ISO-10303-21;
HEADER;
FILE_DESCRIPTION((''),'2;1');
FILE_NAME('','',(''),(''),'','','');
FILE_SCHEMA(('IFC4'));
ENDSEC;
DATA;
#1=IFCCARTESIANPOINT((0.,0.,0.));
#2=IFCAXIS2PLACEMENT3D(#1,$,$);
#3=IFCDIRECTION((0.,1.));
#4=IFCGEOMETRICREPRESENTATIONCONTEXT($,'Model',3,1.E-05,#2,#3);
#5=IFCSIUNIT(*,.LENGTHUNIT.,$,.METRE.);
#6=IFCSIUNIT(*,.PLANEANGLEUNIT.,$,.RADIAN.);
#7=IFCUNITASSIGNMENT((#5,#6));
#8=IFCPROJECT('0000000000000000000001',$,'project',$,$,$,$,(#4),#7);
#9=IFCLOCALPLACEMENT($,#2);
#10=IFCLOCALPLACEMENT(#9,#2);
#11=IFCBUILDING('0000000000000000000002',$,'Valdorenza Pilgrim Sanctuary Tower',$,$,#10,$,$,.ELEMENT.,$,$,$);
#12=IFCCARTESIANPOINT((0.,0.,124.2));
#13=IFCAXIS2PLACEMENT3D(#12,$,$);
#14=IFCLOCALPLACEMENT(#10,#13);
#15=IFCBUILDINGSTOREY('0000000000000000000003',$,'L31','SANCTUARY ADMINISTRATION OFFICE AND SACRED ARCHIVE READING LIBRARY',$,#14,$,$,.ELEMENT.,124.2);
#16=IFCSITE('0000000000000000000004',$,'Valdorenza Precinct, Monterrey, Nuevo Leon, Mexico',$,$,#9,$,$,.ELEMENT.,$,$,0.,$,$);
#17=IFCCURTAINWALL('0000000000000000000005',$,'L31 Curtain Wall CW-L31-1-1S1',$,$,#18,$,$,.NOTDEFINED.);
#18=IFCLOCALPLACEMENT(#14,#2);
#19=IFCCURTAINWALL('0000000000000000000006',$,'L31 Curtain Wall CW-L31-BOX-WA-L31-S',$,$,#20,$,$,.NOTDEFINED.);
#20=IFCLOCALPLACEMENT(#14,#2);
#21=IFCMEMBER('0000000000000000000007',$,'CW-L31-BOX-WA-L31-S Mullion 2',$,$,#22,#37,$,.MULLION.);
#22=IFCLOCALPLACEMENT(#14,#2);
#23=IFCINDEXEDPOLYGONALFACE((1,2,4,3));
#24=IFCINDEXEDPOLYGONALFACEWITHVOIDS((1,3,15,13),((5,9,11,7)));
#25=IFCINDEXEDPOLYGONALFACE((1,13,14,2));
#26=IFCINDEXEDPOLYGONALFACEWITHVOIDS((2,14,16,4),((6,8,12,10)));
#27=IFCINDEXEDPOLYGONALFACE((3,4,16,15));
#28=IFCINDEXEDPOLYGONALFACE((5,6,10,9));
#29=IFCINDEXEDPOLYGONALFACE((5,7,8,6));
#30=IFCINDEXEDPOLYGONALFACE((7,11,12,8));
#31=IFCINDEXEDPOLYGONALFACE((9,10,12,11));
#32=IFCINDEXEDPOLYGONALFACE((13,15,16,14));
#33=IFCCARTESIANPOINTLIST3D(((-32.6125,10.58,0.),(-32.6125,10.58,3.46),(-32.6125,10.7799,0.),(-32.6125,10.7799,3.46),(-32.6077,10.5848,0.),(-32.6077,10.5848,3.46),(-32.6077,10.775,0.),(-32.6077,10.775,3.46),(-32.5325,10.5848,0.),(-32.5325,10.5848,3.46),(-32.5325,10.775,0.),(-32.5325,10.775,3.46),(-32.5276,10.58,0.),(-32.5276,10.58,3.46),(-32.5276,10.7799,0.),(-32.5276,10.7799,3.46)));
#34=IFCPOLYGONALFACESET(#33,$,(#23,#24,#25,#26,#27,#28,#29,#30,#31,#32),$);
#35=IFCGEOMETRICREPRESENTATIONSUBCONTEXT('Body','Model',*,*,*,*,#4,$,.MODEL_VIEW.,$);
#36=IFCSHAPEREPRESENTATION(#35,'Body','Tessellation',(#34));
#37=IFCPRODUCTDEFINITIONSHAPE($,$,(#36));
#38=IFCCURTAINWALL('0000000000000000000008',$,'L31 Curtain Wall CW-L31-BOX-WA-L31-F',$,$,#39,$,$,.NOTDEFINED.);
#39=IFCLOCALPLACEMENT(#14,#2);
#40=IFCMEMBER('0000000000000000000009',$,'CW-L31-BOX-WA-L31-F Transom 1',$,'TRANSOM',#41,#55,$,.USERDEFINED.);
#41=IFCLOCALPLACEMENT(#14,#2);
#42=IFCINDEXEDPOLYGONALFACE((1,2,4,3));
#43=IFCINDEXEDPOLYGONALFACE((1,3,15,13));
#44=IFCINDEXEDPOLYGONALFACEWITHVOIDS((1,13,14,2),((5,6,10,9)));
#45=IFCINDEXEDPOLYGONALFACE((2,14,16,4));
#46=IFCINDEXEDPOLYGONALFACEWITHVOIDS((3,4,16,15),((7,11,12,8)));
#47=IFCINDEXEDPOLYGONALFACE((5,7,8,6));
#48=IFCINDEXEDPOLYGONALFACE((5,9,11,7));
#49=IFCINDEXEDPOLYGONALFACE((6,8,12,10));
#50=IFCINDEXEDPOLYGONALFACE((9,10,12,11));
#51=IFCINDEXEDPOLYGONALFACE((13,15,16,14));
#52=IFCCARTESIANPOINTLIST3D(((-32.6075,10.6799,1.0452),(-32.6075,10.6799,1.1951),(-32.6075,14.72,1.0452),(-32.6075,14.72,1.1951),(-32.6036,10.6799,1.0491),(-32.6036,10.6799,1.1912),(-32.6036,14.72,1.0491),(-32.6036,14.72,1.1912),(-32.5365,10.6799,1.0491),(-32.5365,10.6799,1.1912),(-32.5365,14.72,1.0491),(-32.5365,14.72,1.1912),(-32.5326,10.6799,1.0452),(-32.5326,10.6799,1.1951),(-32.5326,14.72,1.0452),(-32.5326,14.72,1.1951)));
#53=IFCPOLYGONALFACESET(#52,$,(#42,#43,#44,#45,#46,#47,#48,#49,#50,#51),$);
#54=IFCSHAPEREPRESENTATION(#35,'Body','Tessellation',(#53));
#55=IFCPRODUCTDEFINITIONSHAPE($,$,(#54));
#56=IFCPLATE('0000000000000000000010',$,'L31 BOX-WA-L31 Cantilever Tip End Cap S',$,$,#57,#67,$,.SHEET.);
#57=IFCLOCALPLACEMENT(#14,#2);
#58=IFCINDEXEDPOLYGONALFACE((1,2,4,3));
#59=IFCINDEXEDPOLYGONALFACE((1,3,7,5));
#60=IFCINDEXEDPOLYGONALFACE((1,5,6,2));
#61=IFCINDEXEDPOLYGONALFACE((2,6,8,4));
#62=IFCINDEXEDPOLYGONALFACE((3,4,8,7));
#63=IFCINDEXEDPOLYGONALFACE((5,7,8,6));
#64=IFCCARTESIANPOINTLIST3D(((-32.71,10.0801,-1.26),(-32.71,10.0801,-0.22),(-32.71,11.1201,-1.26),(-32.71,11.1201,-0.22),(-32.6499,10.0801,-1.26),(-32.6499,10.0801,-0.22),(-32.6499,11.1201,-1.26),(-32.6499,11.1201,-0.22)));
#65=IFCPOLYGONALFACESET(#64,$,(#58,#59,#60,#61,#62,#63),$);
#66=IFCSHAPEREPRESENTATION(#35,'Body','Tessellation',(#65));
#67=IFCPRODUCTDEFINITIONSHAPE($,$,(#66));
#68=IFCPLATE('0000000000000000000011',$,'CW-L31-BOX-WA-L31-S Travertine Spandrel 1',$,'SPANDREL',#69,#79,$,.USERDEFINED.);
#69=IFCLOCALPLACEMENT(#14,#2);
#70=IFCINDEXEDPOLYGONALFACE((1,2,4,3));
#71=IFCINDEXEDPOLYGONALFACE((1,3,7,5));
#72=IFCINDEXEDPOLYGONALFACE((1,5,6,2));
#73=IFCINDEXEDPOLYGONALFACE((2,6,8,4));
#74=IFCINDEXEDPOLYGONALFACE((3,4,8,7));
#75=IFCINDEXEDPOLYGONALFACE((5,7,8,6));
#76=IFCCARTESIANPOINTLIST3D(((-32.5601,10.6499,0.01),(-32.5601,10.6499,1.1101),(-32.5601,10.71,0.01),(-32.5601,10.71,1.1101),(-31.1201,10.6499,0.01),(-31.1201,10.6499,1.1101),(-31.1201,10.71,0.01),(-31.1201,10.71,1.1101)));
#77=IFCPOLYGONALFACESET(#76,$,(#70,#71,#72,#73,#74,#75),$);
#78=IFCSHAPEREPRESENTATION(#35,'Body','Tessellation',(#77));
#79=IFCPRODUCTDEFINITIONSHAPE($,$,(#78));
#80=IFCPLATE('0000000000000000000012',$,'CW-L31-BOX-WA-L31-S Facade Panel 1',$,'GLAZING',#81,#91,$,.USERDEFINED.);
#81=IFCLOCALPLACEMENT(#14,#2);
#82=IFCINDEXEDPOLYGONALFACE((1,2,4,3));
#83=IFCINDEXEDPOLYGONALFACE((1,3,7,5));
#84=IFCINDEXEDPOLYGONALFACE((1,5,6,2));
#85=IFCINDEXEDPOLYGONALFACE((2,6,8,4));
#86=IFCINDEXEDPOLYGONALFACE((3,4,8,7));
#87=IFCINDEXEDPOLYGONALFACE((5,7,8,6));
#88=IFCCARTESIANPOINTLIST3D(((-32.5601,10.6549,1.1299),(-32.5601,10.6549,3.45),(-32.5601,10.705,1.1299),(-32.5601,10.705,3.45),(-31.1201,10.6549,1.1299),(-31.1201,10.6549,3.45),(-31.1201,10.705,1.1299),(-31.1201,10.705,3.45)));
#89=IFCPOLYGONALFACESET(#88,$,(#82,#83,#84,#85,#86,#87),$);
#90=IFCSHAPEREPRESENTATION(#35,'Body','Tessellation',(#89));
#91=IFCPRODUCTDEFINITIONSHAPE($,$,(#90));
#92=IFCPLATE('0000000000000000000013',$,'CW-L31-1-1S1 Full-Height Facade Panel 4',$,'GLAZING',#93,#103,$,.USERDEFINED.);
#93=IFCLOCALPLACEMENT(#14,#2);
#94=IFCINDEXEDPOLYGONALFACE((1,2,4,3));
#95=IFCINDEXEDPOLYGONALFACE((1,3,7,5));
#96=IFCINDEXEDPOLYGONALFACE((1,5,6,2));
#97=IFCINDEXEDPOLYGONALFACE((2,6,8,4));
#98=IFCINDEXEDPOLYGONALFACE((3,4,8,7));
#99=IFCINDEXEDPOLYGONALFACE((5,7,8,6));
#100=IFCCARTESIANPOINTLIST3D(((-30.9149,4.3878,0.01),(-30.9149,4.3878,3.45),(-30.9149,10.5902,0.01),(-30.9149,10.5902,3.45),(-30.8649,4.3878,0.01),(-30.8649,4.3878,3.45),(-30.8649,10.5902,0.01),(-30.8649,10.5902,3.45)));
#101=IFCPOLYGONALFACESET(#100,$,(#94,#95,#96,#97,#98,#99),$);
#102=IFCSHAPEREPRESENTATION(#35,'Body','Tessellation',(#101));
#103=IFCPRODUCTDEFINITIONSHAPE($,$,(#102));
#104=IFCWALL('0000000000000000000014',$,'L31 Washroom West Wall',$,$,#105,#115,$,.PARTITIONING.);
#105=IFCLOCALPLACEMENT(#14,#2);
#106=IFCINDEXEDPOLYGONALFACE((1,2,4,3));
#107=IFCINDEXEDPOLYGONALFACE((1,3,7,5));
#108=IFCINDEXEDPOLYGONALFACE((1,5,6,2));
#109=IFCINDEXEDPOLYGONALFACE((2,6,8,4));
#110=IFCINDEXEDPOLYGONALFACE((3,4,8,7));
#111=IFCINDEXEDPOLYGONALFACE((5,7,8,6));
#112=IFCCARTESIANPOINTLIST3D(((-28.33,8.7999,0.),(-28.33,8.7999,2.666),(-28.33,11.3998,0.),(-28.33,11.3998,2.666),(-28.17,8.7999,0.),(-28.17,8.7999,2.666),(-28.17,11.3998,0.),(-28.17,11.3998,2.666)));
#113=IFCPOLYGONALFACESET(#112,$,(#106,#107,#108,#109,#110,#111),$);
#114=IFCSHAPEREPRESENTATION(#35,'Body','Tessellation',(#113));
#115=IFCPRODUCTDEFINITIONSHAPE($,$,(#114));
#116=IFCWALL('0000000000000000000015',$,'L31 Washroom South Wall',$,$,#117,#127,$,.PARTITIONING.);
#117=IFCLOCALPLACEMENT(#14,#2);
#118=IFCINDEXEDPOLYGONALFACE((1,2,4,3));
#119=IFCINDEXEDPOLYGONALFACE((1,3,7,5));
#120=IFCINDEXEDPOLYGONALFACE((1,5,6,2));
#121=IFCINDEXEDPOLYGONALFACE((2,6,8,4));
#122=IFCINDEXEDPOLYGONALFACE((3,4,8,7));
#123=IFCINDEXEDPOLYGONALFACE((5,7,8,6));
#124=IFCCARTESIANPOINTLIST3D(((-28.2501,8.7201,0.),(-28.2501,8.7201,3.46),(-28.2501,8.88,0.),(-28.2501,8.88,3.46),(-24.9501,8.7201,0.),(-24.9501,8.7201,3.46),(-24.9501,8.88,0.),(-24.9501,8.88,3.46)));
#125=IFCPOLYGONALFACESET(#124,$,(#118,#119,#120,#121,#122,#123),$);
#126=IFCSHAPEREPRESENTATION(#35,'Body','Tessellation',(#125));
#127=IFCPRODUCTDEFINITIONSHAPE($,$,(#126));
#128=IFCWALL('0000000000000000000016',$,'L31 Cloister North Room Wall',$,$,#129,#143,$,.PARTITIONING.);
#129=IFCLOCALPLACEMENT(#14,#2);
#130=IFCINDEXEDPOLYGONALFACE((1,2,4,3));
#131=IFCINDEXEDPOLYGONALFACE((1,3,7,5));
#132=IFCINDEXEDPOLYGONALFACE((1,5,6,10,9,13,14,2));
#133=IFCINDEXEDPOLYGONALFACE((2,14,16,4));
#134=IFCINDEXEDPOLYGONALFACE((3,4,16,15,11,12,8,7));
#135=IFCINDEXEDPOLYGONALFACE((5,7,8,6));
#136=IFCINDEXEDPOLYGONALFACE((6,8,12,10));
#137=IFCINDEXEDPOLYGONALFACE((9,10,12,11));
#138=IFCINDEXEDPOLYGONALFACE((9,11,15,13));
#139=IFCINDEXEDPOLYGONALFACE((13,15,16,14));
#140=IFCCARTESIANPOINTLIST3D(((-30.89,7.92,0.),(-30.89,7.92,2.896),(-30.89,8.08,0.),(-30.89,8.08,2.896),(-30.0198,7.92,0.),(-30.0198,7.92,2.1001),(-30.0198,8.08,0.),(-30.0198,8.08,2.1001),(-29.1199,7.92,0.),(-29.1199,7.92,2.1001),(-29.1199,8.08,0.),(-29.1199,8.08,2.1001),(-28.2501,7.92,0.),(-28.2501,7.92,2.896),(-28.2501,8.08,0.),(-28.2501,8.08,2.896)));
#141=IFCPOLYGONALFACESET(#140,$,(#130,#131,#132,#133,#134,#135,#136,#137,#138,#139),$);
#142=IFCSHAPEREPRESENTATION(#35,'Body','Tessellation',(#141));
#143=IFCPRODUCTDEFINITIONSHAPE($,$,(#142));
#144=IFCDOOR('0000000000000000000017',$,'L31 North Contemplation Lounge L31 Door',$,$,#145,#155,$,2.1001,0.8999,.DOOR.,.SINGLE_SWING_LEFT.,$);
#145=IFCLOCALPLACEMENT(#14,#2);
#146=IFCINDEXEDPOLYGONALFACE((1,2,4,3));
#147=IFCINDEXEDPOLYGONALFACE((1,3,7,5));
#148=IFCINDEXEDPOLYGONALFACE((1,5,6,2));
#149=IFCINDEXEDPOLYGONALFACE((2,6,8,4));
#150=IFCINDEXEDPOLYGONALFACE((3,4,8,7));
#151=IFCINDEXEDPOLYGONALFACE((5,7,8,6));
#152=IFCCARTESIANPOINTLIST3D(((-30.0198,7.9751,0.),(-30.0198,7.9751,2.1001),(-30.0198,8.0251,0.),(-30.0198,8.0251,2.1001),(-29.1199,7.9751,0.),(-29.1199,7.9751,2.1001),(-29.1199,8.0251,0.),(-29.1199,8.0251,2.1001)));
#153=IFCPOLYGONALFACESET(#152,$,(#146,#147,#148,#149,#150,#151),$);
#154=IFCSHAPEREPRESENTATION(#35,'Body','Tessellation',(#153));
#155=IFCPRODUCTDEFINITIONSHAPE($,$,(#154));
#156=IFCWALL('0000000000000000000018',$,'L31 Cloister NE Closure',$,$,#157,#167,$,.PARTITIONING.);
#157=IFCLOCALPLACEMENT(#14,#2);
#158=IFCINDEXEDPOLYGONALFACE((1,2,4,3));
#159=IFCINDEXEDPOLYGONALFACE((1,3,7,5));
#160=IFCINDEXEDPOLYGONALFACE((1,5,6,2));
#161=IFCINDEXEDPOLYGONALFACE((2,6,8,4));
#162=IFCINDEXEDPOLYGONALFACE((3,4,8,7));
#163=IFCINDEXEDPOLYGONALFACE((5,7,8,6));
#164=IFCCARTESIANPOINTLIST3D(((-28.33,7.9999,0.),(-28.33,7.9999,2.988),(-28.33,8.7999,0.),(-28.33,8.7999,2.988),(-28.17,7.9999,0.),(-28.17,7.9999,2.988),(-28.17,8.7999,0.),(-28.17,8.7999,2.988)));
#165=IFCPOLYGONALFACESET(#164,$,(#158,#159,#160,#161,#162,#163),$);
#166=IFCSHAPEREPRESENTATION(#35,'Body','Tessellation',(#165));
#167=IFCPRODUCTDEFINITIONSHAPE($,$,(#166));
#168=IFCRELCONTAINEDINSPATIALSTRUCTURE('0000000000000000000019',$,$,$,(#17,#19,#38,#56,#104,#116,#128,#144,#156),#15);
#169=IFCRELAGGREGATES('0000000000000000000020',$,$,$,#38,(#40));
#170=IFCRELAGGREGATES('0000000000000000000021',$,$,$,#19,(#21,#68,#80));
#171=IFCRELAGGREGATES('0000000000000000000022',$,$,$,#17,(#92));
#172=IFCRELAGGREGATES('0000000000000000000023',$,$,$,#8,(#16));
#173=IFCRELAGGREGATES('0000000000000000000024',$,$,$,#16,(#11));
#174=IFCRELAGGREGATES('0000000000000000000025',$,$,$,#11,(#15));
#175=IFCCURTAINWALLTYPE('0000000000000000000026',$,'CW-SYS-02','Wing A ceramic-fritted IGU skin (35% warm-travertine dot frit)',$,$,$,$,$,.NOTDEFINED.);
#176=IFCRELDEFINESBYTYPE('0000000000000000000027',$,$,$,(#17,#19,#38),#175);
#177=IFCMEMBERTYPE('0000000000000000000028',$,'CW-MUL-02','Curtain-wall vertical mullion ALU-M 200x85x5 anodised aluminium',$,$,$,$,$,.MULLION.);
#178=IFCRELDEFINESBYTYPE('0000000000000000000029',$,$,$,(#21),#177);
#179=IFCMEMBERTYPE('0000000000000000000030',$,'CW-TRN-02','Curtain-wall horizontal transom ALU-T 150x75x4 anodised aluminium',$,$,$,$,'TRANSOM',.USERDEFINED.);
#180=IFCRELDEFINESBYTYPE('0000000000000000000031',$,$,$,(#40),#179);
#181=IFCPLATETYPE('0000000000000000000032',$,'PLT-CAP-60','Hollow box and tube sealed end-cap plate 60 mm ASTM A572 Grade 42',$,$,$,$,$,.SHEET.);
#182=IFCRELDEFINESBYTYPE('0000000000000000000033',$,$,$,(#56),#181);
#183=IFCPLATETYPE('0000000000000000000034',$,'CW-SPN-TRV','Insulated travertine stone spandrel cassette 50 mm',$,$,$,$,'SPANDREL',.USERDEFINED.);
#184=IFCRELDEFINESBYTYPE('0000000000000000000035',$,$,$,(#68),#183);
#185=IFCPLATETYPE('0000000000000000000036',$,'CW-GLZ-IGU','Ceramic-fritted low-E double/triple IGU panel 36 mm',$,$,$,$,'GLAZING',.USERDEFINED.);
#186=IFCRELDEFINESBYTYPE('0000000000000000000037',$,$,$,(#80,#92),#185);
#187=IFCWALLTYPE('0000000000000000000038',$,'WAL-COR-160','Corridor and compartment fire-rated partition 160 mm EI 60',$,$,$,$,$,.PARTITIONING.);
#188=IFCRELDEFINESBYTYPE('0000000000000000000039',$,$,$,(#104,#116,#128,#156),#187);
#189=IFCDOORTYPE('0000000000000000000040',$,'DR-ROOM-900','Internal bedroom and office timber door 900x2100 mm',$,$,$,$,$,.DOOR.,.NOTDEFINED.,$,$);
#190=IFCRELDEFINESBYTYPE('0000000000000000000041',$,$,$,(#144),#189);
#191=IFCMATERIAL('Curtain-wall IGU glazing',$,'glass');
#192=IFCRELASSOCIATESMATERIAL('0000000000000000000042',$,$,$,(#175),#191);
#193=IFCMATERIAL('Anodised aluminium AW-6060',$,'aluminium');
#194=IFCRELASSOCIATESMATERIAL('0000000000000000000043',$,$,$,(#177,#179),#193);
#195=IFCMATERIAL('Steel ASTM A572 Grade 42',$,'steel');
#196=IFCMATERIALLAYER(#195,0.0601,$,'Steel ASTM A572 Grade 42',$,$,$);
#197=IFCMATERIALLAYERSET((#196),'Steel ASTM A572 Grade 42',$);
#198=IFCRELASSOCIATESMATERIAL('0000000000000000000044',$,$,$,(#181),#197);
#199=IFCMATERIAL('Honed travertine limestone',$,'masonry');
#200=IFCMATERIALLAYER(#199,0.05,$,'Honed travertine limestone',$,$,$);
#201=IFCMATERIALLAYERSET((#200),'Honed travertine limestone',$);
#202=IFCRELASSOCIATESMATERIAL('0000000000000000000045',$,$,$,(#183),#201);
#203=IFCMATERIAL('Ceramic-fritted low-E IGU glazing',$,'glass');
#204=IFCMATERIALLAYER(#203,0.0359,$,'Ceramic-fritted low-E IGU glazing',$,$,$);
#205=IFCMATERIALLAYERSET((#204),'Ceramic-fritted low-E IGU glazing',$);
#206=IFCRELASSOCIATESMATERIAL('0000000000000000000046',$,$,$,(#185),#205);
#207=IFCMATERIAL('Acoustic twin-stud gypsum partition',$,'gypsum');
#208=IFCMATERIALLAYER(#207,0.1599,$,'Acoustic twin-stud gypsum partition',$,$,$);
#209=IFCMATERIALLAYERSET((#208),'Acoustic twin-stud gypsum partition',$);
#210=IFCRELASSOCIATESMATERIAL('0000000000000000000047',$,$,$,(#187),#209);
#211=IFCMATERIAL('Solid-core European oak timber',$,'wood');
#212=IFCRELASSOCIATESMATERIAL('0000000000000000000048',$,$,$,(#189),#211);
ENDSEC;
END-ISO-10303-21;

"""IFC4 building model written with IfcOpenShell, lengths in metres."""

from ifc_helpers import new_model, si_unit, direction, frame, frame_2d, origin, origin_2d, place, context, subcontext, project, spatial, rectangle, hollow_rectangle, extrude, source, transform, mapped, material, layer, layer_set, material_profile, profile_set, type_object, element, fill, aggregate, save


model = new_model("IFC4")

# Units and contexts
model_context = context("Model", 3, precision=1e-05, world=origin(), true_north=direction((0.0, 1.0)))
body_context = subcontext(model_context, "Body", "Model", "MODEL_VIEW")
ifc_project = project(units=[si_unit("LENGTHUNIT", "METRE"), si_unit("PLANEANGLEUNIT", "RADIAN")], contexts=[model_context])

# Site, building, storey
site_placement = place(None, origin())
site = spatial("IfcSite", under=ifc_project, at=site_placement, Name="Valdorenza Precinct, Monterrey, Nuevo Leon, Mexico", CompositionType="ELEMENT", RefElevation=0.0)
building_placement = place(site_placement, origin())
building = spatial("IfcBuilding", under=site, at=building_placement, Name="Valdorenza Pilgrim Sanctuary Tower", CompositionType="ELEMENT")
storey_placement = place(building_placement, frame((0.0, 0.0, 124.2)))
storey = spatial("IfcBuildingStorey", under=building, at=storey_placement, Name="L31", Description="SANCTUARY ADMINISTRATION OFFICE AND SACRED ARCHIVE READING LIBRARY", CompositionType="ELEMENT", Elevation=124.2)

# Shared definitions
ifc_material_1 = material(Name="Steel ASTM A572 Grade 42", Category="steel")

# Curtain wall
ifc_material_2 = material(Name="Curtain-wall IGU glazing", Category="glass")
curtain_wall_type = type_object("IfcCurtainWallType", Name="CW-SYS-02", Description="Wing A ceramic-fritted IGU skin (35% warm-travertine dot frit)", PredefinedType="NOTDEFINED", material=ifc_material_2)
curtain_wall_1_placement = place(storey_placement, origin())
curtain_wall_1 = element("IfcCurtainWall", 1, at=curtain_wall_1_placement, inside=storey, type_object=curtain_wall_type, Name="L31 Curtain Wall CW-L31-1-1S1", PredefinedType="NOTDEFINED")
ifc_material_3 = material(Name="Anodised aluminium AW-6060", Category="aluminium")
ifc_material_profile_1 = material_profile(ifc_material_3, hollow_rectangle(XDim=0.085, YDim=0.2, WallThickness=0.0049, at=origin_2d()), Name="ALU-M 200x85x5")
ifc_profile_set_1 = profile_set([ifc_material_profile_1], Name="Anodised aluminium AW-6060")
member_type_1 = type_object("IfcMemberType", Name="CW-MUL-02", Description="Curtain-wall vertical mullion ALU-M 200x85x5 anodised aluminium", PredefinedType="MULLION", material=ifc_profile_set_1)
shared_shape_1 = source(origin(), body_context, "Body", "SweptSolid", [
    extrude(hollow_rectangle(XDim=0.085, YDim=0.2, WallThickness=0.0049, at=origin_2d()), origin(), (0.0, 0.0, 1.0), 3.46),
])

# Curtain walls, members
curtain_wall_2_placement = place(storey_placement, origin())
curtain_wall_2 = element("IfcCurtainWall", 2, at=curtain_wall_2_placement, inside=storey, type_object=curtain_wall_type, Name="L31 Curtain Wall CW-L31-BOX-WA-L31-S", PredefinedType="NOTDEFINED")
member_1_placement = place(storey_placement, frame((-32.5701, 10.6799, 0.0), z_axis=(0.0, 0.0, 1.0), x_axis=(-1.0, 0.0, 0.0)))
member_1 = element("IfcMember", 3, at=member_1_placement, type_object=member_type_1, Name="CW-L31-BOX-WA-L31-S Mullion 2", PredefinedType="MULLION", context=body_context, shape_type="MappedRepresentation", body=[
    mapped(shared_shape_1, transform((0.0, 0.0, 0.0), x_axis=(1.0, 0.0, 0.0), y_axis=(0.0, 1.0, 0.0), z_axis=(0.0, 0.0, 1.0), scale=1.0)),
])
curtain_wall_3_placement = place(storey_placement, origin())
curtain_wall_3 = element("IfcCurtainWall", 4, at=curtain_wall_3_placement, inside=storey, type_object=curtain_wall_type, Name="L31 Curtain Wall CW-L31-BOX-WA-L31-F", PredefinedType="NOTDEFINED")
ifc_material_profile_2 = material_profile(ifc_material_3, hollow_rectangle(XDim=0.075, YDim=0.1499, WallThickness=0.0039, at=origin_2d()), Name="ALU-T 150x75x4")
ifc_profile_set_2 = profile_set([ifc_material_profile_2], Name="Anodised aluminium AW-6060")
member_type_2 = type_object("IfcMemberType", Name="CW-TRN-02", Description="Curtain-wall horizontal transom ALU-T 150x75x4 anodised aluminium", ElementType="TRANSOM", PredefinedType="USERDEFINED", material=ifc_profile_set_2)
shared_shape_2 = source(origin(), body_context, "Body", "SweptSolid", [
    extrude(hollow_rectangle(XDim=0.075, YDim=0.1499, WallThickness=0.0039, at=origin_2d()), origin(), (0.0, 0.0, 1.0), 4.04),
])
member_2_placement = place(storey_placement, frame((-32.5701, 10.6799, 1.1201), z_axis=(0.0, 1.0, 0.0), x_axis=(-1.0, 0.0, 0.0)))
member_2 = element("IfcMember", 5, at=member_2_placement, type_object=member_type_2, Name="CW-L31-BOX-WA-L31-F Transom 1", ObjectType="TRANSOM", PredefinedType="USERDEFINED", context=body_context, shape_type="MappedRepresentation", body=[
    mapped(shared_shape_2, transform((0.0, 0.0, 0.0), x_axis=(1.0, 0.0, 0.0), y_axis=(0.0, 1.0, 0.0), z_axis=(0.0, 0.0, 1.0), scale=1.0)),
])
aggregate(curtain_wall_3, [member_2])

# Plates
ifc_layer_1 = layer(ifc_material_1, 0.0601, Name="Steel ASTM A572 Grade 42")
ifc_layer_set_1 = layer_set([ifc_layer_1], Name="Steel ASTM A572 Grade 42")
plate_type_1 = type_object("IfcPlateType", Name="PLT-CAP-60", Description="Hollow box and tube sealed end-cap plate 60 mm ASTM A572 Grade 42", PredefinedType="SHEET", material=ifc_layer_set_1)
shared_shape_3 = source(origin(), body_context, "Body", "SweptSolid", [
    extrude(rectangle(XDim=0.0601, YDim=1.04, at=origin_2d()), origin(), (0.0, 0.0, 1.0), 1.04),
])
plate_1_placement = place(storey_placement, frame((-32.6799, 10.6001, -1.26), z_axis=(0.0, 0.0, 1.0), x_axis=(1.0, 0.0, 0.0)))
element("IfcPlate", 6, at=plate_1_placement, inside=storey, type_object=plate_type_1, Name="L31 BOX-WA-L31 Cantilever Tip End Cap S", PredefinedType="SHEET", context=body_context, shape_type="MappedRepresentation", body=[
    mapped(shared_shape_3, transform((0.0, 0.0, 0.0), x_axis=(1.0, 0.0, 0.0), y_axis=(0.0, 1.0, 0.0), z_axis=(0.0, 0.0, 1.0), scale=1.0)),
])
ifc_material_4 = material(Name="Honed travertine limestone", Category="masonry")
ifc_layer_2 = layer(ifc_material_4, 0.05, Name="Honed travertine limestone")
ifc_layer_set_2 = layer_set([ifc_layer_2], Name="Honed travertine limestone")
plate_type_2 = type_object("IfcPlateType", Name="CW-SPN-TRV", Description="Insulated travertine stone spandrel cassette 50 mm", ElementType="SPANDREL", PredefinedType="USERDEFINED", material=ifc_layer_set_2)
shared_shape_4 = source(origin(), body_context, "Body", "SweptSolid", [
    extrude(rectangle(XDim=1.4399, YDim=0.0601, at=origin_2d()), origin(), (0.0, 0.0, 1.0), 1.1001),
])
plate_2_placement = place(storey_placement, frame((-31.8401, 10.6799, 0.01), z_axis=(0.0, 0.0, 1.0), x_axis=(-1.0, 0.0, 0.0)))
plate_2 = element("IfcPlate", 7, at=plate_2_placement, type_object=plate_type_2, Name="CW-L31-BOX-WA-L31-S Travertine Spandrel 1", ObjectType="SPANDREL", PredefinedType="USERDEFINED", context=body_context, shape_type="MappedRepresentation", body=[
    mapped(shared_shape_4, transform((0.0, 0.0, 0.0), x_axis=(1.0, 0.0, 0.0), y_axis=(0.0, 1.0, 0.0), z_axis=(0.0, 0.0, 1.0), scale=1.0)),
])
ifc_material_5 = material(Name="Ceramic-fritted low-E IGU glazing", Category="glass")
ifc_layer_3 = layer(ifc_material_5, 0.0359, Name="Ceramic-fritted low-E IGU glazing")
ifc_layer_set_3 = layer_set([ifc_layer_3], Name="Ceramic-fritted low-E IGU glazing")
plate_type_3 = type_object("IfcPlateType", Name="CW-GLZ-IGU", Description="Ceramic-fritted low-E double/triple IGU panel 36 mm", ElementType="GLAZING", PredefinedType="USERDEFINED", material=ifc_layer_set_3)
shared_shape_5 = source(origin(), body_context, "Body", "SweptSolid", [
    extrude(rectangle(XDim=1.4399, YDim=0.05, at=origin_2d()), origin(), (0.0, 0.0, 1.0), 2.3201),
])
plate_3_placement = place(storey_placement, frame((-31.8401, 10.6799, 1.1299), z_axis=(0.0, 0.0, 1.0), x_axis=(-1.0, 0.0, 0.0)))
plate_3 = element("IfcPlate", 8, at=plate_3_placement, type_object=plate_type_3, Name="CW-L31-BOX-WA-L31-S Facade Panel 1", ObjectType="GLAZING", PredefinedType="USERDEFINED", context=body_context, shape_type="MappedRepresentation", body=[
    mapped(shared_shape_5, transform((0.0, 0.0, 0.0), x_axis=(1.0, 0.0, 0.0), y_axis=(0.0, 1.0, 0.0), z_axis=(0.0, 0.0, 1.0), scale=1.0)),
])
aggregate(curtain_wall_2, [member_1, plate_2, plate_3])
shared_shape_6 = source(origin(), body_context, "Body", "SweptSolid", [
    extrude(rectangle(XDim=6.2024, YDim=0.05, at=origin_2d()), origin(), (0.0, 0.0, 1.0), 3.4399),
])
plate_4_placement = place(storey_placement, frame((-30.8899, 7.489, 0.01), z_axis=(0.0, 0.0, 1.0), x_axis=(0.0, 1.0, 0.0)))
plate_4 = element("IfcPlate", 9, at=plate_4_placement, type_object=plate_type_3, Name="CW-L31-1-1S1 Full-Height Facade Panel 4", ObjectType="GLAZING", PredefinedType="USERDEFINED", context=body_context, shape_type="MappedRepresentation", body=[
    mapped(shared_shape_6, transform((0.0, 0.0, 0.0), x_axis=(1.0, 0.0, 0.0), y_axis=(0.0, 1.0, 0.0), z_axis=(0.0, 0.0, 1.0), scale=1.0)),
])
aggregate(curtain_wall_1, [plate_4])

# Walls
ifc_material_6 = material(Name="Acoustic twin-stud gypsum partition", Category="gypsum")
ifc_layer_4 = layer(ifc_material_6, 0.1599, Name="Acoustic twin-stud gypsum partition")
ifc_layer_set_4 = layer_set([ifc_layer_4], Name="Acoustic twin-stud gypsum partition")
wall_type_1 = type_object("IfcWallType", Name="WAL-COR-160", Description="Corridor and compartment fire-rated partition 160 mm EI 60", PredefinedType="PARTITIONING", material=ifc_layer_set_4)
wall_1_placement = place(storey_placement, frame((-28.25, 8.8, 0.0), z_axis=(0.0, 0.0, 1.0), x_axis=(0.0, 1.0, 0.0)))
element("IfcWall", 10, at=wall_1_placement, inside=storey, type_object=wall_type_1, Name="L31 Washroom West Wall", PredefinedType="PARTITIONING", context=body_context, shape_type="SweptSolid", body=[
    extrude(rectangle(XDim=2.5999, YDim=0.1599, at=frame_2d((1.2998, 0.0))), origin(), (0.0, 0.0, 1.0), 2.666),
])
wall_2_placement = place(storey_placement, frame((-28.25, 8.8, 0.0), z_axis=(0.0, 0.0, 1.0), x_axis=(1.0, 0.0, 0.0)))
element("IfcWall", 11, at=wall_2_placement, inside=storey, type_object=wall_type_1, Name="L31 Washroom South Wall", PredefinedType="PARTITIONING", context=body_context, shape_type="SweptSolid", body=[
    extrude(rectangle(XDim=3.3, YDim=0.1599, at=frame_2d((1.6499, 0.0))), origin(), (0.0, 0.0, 1.0), 3.46),
])

# Wall, opening, door
wall_3_placement = place(storey_placement, frame((-30.8899, 8.0, 0.0), z_axis=(0.0, 0.0, 1.0), x_axis=(1.0, 0.0, 0.0)))
wall_3 = element("IfcWall", 12, at=wall_3_placement, inside=storey, type_object=wall_type_1, Name="L31 Cloister North Room Wall", PredefinedType="PARTITIONING", context=body_context, shape_type="SweptSolid", body=[
    extrude(rectangle(XDim=2.6399, YDim=0.1599, at=frame_2d((1.3198, 0.0))), origin(), (0.0, 0.0, 1.0), 2.896),
])
opening_1_placement = place(wall_3_placement, frame((0.8701, 0.0, 0.0)))
opening_1 = element("IfcOpeningElement", 13, at=opening_1_placement, cuts=wall_3, PredefinedType="OPENING", context=body_context, shape_type="SweptSolid", body=[
    extrude(rectangle(XDim=0.8999, YDim=2.1001, at=frame_2d((0.45, 1.05))), frame((0.0, 0.0947, 0.0), z_axis=(0.0, -1.0, 0.0), x_axis=(1.0, 0.0, 0.0)), (0.0, 0.0, 1.0), 0.1897),
])
ifc_material_7 = material(Name="Solid-core European oak timber", Category="wood")
door_type_1 = type_object("IfcDoorType", Name="DR-ROOM-900", Description="Internal bedroom and office timber door 900x2100 mm", OperationType="NOTDEFINED", PredefinedType="DOOR", material=ifc_material_7)
door_1_placement = place(opening_1_placement, frame((0.8999, 0.0, 0.0), z_axis=(0.0, 0.0, 1.0), x_axis=(-1.0, 0.0, 0.0)))
door_1 = element("IfcDoor", 14, at=door_1_placement, inside=storey, type_object=door_type_1, Name="L31 North Contemplation Lounge L31 Door", OperationType="SINGLE_SWING_LEFT", OverallHeight=2.1001, OverallWidth=0.8999, PredefinedType="DOOR", context=body_context, shape_type="SweptSolid", body=[
    extrude(rectangle(XDim=0.8999, YDim=2.1001, at=frame_2d((0.45, 1.05))), frame((0.0, 0.0249, 0.0), z_axis=(0.0, -1.0, 0.0), x_axis=(1.0, 0.0, 0.0)), (0.0, 0.0, 1.0), 0.05),
])
fill(opening_1, door_1)

# Wall
wall_4_placement = place(storey_placement, frame((-28.25, 8.0, 0.0), z_axis=(0.0, 0.0, 1.0), x_axis=(0.0, 1.0, 0.0)))
element("IfcWall", 15, at=wall_4_placement, inside=storey, type_object=wall_type_1, Name="L31 Cloister NE Closure", PredefinedType="PARTITIONING", context=body_context, shape_type="SweptSolid", body=[
    extrude(rectangle(XDim=0.8, YDim=0.1599, at=frame_2d((0.3999, 0.0))), origin(), (0.0, 0.0, 1.0), 2.988),
])

save(model, "model.ifc")
